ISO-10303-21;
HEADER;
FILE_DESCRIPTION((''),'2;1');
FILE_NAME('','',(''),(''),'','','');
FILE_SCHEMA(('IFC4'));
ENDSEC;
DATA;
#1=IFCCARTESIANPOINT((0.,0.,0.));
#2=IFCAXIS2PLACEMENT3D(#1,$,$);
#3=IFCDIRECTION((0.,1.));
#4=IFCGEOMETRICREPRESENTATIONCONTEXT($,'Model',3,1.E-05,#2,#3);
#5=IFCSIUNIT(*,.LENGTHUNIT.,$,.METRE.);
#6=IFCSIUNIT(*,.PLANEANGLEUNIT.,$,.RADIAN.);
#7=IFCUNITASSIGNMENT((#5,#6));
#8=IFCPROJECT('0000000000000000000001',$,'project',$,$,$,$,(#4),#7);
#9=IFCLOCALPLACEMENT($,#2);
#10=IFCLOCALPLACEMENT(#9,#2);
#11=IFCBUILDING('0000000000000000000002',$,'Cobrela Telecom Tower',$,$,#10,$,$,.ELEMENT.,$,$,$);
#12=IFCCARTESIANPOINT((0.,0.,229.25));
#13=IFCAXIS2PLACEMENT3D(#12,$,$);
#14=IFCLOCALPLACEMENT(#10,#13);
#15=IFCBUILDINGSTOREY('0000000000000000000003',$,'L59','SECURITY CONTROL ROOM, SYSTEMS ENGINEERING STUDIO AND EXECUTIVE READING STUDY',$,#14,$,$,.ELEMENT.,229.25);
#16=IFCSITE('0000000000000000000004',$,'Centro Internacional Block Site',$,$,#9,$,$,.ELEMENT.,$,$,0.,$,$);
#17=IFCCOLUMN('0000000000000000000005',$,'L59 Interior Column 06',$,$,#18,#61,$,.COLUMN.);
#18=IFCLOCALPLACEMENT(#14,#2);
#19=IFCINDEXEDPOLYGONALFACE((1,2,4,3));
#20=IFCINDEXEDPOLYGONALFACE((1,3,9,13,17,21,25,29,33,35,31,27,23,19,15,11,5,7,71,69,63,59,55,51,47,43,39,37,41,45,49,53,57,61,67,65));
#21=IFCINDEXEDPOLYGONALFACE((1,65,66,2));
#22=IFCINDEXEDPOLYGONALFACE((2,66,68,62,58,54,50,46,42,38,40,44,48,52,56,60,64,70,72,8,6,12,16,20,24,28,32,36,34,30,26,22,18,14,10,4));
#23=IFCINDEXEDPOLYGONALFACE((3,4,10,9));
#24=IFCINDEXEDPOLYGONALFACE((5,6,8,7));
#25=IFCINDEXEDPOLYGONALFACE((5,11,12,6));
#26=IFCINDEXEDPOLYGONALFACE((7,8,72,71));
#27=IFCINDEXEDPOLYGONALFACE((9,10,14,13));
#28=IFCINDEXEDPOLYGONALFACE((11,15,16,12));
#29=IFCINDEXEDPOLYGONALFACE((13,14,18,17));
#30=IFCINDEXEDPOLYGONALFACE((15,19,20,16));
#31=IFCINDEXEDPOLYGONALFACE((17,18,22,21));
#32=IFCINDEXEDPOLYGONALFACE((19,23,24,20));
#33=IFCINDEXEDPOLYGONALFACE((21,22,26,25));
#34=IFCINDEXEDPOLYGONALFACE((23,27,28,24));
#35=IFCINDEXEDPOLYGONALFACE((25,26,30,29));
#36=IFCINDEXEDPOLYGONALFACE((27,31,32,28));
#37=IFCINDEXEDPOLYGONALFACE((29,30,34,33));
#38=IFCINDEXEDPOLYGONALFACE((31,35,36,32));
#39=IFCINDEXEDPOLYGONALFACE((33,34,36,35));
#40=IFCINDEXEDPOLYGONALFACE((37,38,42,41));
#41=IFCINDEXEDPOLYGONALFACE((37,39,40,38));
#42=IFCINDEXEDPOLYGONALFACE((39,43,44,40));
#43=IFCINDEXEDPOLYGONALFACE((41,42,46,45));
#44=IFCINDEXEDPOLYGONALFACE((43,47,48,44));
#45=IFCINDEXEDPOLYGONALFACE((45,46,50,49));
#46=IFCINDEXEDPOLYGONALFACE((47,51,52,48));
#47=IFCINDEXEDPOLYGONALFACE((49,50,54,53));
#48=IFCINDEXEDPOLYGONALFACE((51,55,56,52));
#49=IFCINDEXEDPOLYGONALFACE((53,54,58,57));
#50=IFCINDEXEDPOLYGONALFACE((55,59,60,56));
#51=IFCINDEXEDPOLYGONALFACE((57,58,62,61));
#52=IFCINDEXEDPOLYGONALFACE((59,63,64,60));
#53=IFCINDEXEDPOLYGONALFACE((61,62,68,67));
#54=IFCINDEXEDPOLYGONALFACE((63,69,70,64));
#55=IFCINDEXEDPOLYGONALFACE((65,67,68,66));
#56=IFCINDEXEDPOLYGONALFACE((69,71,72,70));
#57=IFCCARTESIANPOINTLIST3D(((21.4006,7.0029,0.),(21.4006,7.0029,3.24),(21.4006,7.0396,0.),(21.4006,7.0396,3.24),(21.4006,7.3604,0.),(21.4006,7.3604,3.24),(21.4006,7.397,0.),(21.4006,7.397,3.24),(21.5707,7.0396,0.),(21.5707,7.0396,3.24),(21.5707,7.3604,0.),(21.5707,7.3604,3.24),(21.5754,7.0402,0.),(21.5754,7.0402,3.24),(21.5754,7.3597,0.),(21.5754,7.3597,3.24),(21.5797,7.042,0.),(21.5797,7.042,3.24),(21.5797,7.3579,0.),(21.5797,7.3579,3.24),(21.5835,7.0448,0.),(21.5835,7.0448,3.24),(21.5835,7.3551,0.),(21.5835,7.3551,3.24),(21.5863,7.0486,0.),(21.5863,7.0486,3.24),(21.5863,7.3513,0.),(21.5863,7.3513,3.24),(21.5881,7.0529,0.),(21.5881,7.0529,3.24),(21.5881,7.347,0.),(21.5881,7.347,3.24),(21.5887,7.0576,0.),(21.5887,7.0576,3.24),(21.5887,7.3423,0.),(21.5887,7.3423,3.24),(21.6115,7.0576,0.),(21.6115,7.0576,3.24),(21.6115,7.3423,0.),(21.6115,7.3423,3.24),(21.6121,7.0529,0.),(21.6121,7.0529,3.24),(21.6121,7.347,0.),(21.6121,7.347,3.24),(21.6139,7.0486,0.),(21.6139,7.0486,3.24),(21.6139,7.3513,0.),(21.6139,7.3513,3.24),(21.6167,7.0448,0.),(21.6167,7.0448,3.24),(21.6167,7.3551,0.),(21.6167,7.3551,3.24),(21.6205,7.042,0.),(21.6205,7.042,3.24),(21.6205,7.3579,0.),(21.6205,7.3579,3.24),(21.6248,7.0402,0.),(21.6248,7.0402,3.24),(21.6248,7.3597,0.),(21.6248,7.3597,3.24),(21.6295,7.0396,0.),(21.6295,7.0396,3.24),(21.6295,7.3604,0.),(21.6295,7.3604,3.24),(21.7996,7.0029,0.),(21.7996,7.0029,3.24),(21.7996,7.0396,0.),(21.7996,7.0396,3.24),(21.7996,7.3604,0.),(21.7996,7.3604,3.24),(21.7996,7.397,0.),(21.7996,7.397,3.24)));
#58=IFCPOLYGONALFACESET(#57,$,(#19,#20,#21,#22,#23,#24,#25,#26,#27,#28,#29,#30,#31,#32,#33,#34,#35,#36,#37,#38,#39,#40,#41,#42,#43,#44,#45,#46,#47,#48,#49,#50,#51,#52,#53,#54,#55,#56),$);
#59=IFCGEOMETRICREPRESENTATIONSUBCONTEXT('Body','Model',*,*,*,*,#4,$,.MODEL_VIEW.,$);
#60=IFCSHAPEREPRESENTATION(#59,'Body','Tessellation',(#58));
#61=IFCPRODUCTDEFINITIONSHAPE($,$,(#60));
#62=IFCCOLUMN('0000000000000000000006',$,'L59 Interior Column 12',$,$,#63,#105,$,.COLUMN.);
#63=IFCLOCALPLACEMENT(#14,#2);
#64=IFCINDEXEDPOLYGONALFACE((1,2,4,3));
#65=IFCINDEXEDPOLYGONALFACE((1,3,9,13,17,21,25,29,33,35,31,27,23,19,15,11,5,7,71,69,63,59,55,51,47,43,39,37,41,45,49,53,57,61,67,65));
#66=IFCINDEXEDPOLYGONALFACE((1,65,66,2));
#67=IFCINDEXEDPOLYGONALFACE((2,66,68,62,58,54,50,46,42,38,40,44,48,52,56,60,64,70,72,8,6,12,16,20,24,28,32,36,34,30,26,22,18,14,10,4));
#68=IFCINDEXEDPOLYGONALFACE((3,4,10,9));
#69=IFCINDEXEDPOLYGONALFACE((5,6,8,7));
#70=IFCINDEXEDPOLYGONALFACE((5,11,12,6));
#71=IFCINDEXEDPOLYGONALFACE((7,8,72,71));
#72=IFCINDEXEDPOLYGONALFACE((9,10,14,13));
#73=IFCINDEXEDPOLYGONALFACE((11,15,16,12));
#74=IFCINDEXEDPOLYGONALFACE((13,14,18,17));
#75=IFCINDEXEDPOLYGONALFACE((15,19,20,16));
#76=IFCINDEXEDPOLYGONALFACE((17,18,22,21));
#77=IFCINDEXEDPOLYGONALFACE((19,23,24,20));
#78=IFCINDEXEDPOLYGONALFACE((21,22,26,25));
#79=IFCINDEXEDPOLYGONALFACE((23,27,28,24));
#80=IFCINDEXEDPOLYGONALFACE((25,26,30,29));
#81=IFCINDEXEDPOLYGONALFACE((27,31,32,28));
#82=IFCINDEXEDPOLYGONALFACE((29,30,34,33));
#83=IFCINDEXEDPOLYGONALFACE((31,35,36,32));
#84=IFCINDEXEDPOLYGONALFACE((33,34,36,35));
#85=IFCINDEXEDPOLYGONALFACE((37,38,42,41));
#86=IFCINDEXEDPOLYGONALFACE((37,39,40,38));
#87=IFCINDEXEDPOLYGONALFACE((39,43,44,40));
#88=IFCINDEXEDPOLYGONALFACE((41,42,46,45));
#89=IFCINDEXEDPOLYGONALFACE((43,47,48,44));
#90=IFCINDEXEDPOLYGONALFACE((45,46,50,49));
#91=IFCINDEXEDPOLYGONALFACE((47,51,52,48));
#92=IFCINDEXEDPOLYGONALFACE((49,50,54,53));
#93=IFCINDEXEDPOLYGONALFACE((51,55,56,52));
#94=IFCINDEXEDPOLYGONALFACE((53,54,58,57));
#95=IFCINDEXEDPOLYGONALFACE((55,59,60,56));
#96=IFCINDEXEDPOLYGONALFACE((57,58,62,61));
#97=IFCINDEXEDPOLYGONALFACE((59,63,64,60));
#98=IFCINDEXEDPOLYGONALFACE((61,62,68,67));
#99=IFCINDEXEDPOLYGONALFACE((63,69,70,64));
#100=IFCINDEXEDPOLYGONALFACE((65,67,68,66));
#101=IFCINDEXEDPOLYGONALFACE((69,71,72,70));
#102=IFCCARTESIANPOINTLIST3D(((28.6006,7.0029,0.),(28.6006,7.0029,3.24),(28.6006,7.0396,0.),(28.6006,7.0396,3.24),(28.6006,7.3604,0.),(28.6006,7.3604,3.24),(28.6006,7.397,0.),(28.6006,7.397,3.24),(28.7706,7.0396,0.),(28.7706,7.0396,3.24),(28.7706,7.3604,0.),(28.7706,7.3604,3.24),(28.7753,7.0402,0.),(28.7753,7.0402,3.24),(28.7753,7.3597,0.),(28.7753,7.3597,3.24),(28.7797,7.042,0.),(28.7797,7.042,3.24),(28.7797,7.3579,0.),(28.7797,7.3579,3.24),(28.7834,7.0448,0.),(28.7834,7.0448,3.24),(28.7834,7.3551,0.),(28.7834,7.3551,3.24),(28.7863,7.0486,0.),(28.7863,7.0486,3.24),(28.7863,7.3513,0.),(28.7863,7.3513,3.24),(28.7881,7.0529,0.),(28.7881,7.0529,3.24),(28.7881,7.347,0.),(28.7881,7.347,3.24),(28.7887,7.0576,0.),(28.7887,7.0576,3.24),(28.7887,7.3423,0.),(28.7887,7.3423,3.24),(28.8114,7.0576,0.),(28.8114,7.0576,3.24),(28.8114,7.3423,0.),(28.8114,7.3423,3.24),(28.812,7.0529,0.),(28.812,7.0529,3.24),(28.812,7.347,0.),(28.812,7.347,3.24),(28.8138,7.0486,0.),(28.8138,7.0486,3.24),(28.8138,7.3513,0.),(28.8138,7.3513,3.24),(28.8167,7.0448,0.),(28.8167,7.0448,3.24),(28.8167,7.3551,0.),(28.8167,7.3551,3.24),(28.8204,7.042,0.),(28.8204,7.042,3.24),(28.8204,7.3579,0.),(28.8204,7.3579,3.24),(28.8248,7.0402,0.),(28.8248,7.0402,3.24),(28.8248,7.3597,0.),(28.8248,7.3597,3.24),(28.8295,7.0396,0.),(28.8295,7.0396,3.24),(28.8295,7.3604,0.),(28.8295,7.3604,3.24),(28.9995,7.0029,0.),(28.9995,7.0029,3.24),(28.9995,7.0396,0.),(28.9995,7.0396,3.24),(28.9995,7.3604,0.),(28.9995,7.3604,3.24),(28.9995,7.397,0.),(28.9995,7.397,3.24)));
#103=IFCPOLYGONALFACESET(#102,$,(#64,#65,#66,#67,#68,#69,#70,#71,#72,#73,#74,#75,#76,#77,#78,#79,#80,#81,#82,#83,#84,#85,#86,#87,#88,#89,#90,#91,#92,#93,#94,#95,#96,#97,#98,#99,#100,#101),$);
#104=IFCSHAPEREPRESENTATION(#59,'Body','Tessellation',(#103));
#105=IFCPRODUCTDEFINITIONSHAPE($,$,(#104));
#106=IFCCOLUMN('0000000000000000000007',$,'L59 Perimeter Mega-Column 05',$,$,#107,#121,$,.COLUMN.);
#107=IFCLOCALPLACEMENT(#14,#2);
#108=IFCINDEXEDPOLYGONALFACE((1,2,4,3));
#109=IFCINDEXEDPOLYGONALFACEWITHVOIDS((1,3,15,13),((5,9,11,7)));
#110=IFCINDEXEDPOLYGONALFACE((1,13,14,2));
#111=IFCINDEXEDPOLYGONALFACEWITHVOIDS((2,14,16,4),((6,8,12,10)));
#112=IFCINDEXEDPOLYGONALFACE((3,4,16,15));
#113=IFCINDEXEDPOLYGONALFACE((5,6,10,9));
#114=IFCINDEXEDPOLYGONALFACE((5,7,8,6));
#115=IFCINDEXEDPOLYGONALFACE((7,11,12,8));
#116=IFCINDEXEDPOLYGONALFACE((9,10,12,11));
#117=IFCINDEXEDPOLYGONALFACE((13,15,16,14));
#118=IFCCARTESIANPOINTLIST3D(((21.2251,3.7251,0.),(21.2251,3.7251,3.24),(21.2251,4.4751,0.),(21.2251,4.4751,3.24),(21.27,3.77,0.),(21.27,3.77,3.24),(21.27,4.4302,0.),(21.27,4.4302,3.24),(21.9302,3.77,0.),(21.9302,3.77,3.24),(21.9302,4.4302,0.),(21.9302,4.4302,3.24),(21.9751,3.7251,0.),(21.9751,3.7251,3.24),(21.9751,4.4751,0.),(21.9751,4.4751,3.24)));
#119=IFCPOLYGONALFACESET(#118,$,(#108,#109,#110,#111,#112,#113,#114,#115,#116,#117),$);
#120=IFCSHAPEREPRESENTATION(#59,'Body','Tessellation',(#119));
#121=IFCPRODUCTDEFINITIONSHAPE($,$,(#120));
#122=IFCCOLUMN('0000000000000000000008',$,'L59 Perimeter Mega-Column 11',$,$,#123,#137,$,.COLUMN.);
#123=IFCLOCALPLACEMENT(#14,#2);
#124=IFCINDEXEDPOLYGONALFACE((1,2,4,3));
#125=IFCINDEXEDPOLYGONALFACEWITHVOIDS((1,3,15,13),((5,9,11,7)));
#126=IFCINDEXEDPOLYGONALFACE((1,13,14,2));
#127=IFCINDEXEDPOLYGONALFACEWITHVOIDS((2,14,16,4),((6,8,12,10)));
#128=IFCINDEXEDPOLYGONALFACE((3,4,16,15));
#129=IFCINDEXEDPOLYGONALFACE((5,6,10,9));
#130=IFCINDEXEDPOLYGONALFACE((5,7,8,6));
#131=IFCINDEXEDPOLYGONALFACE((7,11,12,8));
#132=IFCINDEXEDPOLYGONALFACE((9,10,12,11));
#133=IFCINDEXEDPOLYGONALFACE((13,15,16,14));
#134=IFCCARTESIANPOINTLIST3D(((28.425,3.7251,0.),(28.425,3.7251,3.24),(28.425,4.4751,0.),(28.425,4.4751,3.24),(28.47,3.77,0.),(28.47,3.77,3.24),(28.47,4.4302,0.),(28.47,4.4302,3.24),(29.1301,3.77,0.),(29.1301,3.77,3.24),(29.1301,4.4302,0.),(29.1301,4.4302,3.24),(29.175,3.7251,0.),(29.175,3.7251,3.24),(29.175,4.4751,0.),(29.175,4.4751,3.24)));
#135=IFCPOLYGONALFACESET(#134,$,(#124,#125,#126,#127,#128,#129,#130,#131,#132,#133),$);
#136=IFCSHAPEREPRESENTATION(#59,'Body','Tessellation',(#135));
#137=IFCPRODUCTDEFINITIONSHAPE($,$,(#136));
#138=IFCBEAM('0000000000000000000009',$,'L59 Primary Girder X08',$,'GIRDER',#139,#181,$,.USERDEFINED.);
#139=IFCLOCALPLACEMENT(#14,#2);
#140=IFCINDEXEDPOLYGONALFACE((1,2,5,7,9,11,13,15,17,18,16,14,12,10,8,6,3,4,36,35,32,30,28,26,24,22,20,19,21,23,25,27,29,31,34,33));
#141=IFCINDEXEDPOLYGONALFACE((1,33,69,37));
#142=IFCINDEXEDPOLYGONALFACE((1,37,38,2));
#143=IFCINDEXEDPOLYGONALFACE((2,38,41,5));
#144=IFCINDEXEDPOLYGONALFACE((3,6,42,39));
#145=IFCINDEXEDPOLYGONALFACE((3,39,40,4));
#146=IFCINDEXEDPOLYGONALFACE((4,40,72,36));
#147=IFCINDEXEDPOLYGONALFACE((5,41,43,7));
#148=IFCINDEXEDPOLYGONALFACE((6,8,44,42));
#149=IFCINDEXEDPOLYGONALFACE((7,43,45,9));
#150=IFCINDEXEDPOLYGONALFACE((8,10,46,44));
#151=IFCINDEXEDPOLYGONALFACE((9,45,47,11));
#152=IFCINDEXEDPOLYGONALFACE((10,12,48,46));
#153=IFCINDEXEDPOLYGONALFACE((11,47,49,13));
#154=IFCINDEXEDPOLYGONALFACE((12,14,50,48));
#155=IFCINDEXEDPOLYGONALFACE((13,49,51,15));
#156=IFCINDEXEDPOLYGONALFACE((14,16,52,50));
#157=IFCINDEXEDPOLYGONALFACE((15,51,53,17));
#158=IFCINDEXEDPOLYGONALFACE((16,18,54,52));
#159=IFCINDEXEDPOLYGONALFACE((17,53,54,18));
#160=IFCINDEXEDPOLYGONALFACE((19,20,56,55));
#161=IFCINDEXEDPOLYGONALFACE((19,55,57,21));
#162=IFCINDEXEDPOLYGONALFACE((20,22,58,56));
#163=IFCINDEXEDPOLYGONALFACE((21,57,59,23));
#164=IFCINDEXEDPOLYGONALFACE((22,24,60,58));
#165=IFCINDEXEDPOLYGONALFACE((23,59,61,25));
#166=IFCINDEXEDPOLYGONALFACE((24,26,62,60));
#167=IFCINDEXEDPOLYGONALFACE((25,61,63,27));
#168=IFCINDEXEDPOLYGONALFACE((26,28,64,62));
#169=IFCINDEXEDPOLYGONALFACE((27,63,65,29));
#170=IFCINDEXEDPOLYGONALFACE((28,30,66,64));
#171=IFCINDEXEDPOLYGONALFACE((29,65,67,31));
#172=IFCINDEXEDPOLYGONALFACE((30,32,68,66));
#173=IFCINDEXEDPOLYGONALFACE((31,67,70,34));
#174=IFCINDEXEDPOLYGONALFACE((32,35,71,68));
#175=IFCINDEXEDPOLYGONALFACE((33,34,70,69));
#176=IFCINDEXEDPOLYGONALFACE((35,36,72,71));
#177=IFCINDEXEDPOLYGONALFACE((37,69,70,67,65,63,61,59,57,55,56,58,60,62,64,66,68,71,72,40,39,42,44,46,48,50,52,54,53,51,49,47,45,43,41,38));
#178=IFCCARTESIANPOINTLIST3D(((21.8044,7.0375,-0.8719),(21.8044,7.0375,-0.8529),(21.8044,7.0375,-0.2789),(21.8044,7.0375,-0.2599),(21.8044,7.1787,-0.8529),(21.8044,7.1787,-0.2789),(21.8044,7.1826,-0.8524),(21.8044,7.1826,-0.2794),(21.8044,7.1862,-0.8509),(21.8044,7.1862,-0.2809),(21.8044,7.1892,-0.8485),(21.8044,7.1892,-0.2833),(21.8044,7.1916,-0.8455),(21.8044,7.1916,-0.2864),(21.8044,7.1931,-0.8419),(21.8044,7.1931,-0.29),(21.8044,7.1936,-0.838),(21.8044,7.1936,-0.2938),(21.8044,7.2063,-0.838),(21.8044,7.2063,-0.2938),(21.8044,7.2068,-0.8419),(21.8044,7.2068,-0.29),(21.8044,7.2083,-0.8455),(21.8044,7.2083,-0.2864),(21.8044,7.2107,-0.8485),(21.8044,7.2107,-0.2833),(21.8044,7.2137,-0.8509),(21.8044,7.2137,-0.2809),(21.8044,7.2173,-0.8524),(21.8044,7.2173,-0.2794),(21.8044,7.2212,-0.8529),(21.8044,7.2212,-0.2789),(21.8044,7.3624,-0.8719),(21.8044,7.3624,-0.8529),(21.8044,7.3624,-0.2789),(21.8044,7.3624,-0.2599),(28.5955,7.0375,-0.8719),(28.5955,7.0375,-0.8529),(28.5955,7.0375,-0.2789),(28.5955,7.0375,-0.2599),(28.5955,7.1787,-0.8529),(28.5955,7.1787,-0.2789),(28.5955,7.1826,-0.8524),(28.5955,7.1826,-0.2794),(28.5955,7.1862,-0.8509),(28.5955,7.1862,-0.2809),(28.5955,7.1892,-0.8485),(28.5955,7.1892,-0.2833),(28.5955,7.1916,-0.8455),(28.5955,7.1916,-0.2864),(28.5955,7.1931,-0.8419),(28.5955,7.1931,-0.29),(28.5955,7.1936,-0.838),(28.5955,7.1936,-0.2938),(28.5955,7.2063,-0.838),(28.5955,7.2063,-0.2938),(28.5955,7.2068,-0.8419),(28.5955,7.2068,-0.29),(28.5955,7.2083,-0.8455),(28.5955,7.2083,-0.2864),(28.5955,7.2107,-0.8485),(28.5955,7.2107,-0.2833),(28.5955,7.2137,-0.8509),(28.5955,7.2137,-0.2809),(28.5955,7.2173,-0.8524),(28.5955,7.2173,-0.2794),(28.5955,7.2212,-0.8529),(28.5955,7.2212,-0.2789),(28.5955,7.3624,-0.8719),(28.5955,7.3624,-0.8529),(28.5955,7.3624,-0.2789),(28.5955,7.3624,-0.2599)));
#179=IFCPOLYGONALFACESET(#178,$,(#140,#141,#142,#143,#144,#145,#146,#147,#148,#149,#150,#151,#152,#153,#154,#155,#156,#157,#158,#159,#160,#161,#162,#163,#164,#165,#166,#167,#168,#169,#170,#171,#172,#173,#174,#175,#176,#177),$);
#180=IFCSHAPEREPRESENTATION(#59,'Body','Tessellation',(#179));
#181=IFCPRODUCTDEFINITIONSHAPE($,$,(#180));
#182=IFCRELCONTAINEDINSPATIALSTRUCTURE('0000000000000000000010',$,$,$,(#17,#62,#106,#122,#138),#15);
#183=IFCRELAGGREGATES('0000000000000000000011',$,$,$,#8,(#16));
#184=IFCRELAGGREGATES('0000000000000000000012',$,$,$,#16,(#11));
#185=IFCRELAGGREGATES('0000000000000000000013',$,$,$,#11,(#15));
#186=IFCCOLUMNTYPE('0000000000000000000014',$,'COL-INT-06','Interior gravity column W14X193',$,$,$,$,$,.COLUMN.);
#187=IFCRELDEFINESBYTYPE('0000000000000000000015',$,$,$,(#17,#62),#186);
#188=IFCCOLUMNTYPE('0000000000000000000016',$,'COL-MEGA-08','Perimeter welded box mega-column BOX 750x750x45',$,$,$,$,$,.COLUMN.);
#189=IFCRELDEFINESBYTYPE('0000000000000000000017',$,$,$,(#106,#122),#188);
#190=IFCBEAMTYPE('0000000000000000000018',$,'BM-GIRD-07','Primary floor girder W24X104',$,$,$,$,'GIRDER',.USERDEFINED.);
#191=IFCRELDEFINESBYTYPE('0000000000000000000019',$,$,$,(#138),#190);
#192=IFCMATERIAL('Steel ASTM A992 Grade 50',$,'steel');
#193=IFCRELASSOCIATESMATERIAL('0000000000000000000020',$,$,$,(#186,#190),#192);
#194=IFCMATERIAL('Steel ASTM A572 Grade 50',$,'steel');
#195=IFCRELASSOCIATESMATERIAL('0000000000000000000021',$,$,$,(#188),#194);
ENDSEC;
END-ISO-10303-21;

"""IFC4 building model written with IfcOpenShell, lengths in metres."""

from ifc_helpers import new_model, si_unit, direction, frame, origin, origin_2d, place, context, subcontext, project, spatial, hollow_rectangle, i_section, extrude, material, material_profile, profile_set, type_object, element, save


model = new_model("IFC4")

# Units and contexts
model_context = context("Model", 3, precision=1e-05, world=origin(), true_north=direction((0.0, 1.0)))
body_context = subcontext(model_context, "Body", "Model", "MODEL_VIEW")
ifc_project = project(units=[si_unit("LENGTHUNIT", "METRE"), si_unit("PLANEANGLEUNIT", "RADIAN")], contexts=[model_context])

# Site, building, storey
site_placement = place(None, origin())
site = spatial("IfcSite", under=ifc_project, at=site_placement, Name="Centro Internacional Block Site", CompositionType="ELEMENT", RefElevation=0.0)
building_placement = place(site_placement, origin())
building = spatial("IfcBuilding", under=site, at=building_placement, Name="Cobrela Telecom Tower", CompositionType="ELEMENT")
storey_placement = place(building_placement, frame((0.0, 0.0, 229.25)))
storey = spatial("IfcBuildingStorey", under=building, at=storey_placement, Name="L59", Description="SECURITY CONTROL ROOM, SYSTEMS ENGINEERING STUDIO AND EXECUTIVE READING STUDY", CompositionType="ELEMENT", Elevation=229.25)

# Columns
ifc_material_1 = material(Name="Steel ASTM A992 Grade 50", Category="steel")
ifc_material_profile_1 = material_profile(ifc_material_1, i_section(OverallWidth=0.3989, OverallDepth=0.394, WebThickness=0.0227, FlangeThickness=0.0366, FilletRadius=0.0181, at=origin_2d()), Name="W14X193")
ifc_profile_set_1 = profile_set([ifc_material_profile_1], Name="Steel ASTM A992 Grade 50")
column_type_1 = type_object("IfcColumnType", Name="COL-INT-06", Description="Interior gravity column W14X193", PredefinedType="COLUMN", material=ifc_profile_set_1)
for number, where, z_axis, x_axis, name in (
    (1, (21.6001, 7.2, 0.0), (0.0, 0.0, 1.0), (1.0, 0.0, 0.0), "L59 Interior Column 06"),
    (2, (28.8, 7.2, 0.0), (0.0, 0.0, 1.0), (1.0, 0.0, 0.0), "L59 Interior Column 12"),
):
    element("IfcColumn", number, at=place(storey_placement, frame(where, z_axis=z_axis, x_axis=x_axis)), inside=storey, type_object=column_type_1, Name=name, PredefinedType="COLUMN", context=body_context, shape_type="SweptSolid", body=[
        extrude(i_section(OverallWidth=0.3989, OverallDepth=0.394, WebThickness=0.0227, FlangeThickness=0.0366, FilletRadius=0.0181, at=origin_2d()), origin(), (0.0, 0.0, 1.0), 3.24),
    ])
ifc_material_2 = material(Name="Steel ASTM A572 Grade 50", Category="steel")
ifc_material_profile_2 = material_profile(ifc_material_2, hollow_rectangle(XDim=0.75, YDim=0.75, WallThickness=0.0449, at=origin_2d()), Name="BOX 750x750x45")
ifc_profile_set_2 = profile_set([ifc_material_profile_2], Name="Steel ASTM A572 Grade 50")
column_type_2 = type_object("IfcColumnType", Name="COL-MEGA-08", Description="Perimeter welded box mega-column BOX 750x750x45", PredefinedType="COLUMN", material=ifc_profile_set_2)
for number, where, z_axis, x_axis, name in (
    (3, (21.6001, 4.1001, 0.0), (0.0, 0.0, 1.0), (1.0, 0.0, 0.0), "L59 Perimeter Mega-Column 05"),
    (4, (28.8, 4.1001, 0.0), (0.0, 0.0, 1.0), (1.0, 0.0, 0.0), "L59 Perimeter Mega-Column 11"),
):
    element("IfcColumn", number, at=place(storey_placement, frame(where, z_axis=z_axis, x_axis=x_axis)), inside=storey, type_object=column_type_2, Name=name, PredefinedType="COLUMN", context=body_context, shape_type="SweptSolid", body=[
        extrude(hollow_rectangle(XDim=0.75, YDim=0.75, WallThickness=0.0449, at=origin_2d()), origin(), (0.0, 0.0, 1.0), 3.24),
    ])

# Beam
ifc_material_profile_3 = material_profile(ifc_material_1, i_section(OverallWidth=0.325, OverallDepth=0.6121, WebThickness=0.0127, FlangeThickness=0.019, FilletRadius=0.0149, at=origin_2d()), Name="W24X104")
ifc_profile_set_3 = profile_set([ifc_material_profile_3], Name="Steel ASTM A992 Grade 50")
beam_type_1 = type_object("IfcBeamType", Name="BM-GIRD-07", Description="Primary floor girder W24X104", ElementType="GIRDER", PredefinedType="USERDEFINED", material=ifc_profile_set_3)
for number, where, z_axis, x_axis, name in (
    (5, (21.8044, 7.2, -0.5659), (1.0, 0.0, 0.0), (0.0, 1.0, 0.0), "L59 Primary Girder X08"),
):
    element("IfcBeam", number, at=place(storey_placement, frame(where, z_axis=z_axis, x_axis=x_axis)), inside=storey, type_object=beam_type_1, Name=name, ObjectType="GIRDER", PredefinedType="USERDEFINED", context=body_context, shape_type="SweptSolid", body=[
        extrude(i_section(OverallWidth=0.325, OverallDepth=0.6121, WebThickness=0.0127, FlangeThickness=0.019, FilletRadius=0.0149, at=origin_2d()), origin(), (0.0, 0.0, 1.0), 6.791),
    ])

save(model, "model.ifc")
